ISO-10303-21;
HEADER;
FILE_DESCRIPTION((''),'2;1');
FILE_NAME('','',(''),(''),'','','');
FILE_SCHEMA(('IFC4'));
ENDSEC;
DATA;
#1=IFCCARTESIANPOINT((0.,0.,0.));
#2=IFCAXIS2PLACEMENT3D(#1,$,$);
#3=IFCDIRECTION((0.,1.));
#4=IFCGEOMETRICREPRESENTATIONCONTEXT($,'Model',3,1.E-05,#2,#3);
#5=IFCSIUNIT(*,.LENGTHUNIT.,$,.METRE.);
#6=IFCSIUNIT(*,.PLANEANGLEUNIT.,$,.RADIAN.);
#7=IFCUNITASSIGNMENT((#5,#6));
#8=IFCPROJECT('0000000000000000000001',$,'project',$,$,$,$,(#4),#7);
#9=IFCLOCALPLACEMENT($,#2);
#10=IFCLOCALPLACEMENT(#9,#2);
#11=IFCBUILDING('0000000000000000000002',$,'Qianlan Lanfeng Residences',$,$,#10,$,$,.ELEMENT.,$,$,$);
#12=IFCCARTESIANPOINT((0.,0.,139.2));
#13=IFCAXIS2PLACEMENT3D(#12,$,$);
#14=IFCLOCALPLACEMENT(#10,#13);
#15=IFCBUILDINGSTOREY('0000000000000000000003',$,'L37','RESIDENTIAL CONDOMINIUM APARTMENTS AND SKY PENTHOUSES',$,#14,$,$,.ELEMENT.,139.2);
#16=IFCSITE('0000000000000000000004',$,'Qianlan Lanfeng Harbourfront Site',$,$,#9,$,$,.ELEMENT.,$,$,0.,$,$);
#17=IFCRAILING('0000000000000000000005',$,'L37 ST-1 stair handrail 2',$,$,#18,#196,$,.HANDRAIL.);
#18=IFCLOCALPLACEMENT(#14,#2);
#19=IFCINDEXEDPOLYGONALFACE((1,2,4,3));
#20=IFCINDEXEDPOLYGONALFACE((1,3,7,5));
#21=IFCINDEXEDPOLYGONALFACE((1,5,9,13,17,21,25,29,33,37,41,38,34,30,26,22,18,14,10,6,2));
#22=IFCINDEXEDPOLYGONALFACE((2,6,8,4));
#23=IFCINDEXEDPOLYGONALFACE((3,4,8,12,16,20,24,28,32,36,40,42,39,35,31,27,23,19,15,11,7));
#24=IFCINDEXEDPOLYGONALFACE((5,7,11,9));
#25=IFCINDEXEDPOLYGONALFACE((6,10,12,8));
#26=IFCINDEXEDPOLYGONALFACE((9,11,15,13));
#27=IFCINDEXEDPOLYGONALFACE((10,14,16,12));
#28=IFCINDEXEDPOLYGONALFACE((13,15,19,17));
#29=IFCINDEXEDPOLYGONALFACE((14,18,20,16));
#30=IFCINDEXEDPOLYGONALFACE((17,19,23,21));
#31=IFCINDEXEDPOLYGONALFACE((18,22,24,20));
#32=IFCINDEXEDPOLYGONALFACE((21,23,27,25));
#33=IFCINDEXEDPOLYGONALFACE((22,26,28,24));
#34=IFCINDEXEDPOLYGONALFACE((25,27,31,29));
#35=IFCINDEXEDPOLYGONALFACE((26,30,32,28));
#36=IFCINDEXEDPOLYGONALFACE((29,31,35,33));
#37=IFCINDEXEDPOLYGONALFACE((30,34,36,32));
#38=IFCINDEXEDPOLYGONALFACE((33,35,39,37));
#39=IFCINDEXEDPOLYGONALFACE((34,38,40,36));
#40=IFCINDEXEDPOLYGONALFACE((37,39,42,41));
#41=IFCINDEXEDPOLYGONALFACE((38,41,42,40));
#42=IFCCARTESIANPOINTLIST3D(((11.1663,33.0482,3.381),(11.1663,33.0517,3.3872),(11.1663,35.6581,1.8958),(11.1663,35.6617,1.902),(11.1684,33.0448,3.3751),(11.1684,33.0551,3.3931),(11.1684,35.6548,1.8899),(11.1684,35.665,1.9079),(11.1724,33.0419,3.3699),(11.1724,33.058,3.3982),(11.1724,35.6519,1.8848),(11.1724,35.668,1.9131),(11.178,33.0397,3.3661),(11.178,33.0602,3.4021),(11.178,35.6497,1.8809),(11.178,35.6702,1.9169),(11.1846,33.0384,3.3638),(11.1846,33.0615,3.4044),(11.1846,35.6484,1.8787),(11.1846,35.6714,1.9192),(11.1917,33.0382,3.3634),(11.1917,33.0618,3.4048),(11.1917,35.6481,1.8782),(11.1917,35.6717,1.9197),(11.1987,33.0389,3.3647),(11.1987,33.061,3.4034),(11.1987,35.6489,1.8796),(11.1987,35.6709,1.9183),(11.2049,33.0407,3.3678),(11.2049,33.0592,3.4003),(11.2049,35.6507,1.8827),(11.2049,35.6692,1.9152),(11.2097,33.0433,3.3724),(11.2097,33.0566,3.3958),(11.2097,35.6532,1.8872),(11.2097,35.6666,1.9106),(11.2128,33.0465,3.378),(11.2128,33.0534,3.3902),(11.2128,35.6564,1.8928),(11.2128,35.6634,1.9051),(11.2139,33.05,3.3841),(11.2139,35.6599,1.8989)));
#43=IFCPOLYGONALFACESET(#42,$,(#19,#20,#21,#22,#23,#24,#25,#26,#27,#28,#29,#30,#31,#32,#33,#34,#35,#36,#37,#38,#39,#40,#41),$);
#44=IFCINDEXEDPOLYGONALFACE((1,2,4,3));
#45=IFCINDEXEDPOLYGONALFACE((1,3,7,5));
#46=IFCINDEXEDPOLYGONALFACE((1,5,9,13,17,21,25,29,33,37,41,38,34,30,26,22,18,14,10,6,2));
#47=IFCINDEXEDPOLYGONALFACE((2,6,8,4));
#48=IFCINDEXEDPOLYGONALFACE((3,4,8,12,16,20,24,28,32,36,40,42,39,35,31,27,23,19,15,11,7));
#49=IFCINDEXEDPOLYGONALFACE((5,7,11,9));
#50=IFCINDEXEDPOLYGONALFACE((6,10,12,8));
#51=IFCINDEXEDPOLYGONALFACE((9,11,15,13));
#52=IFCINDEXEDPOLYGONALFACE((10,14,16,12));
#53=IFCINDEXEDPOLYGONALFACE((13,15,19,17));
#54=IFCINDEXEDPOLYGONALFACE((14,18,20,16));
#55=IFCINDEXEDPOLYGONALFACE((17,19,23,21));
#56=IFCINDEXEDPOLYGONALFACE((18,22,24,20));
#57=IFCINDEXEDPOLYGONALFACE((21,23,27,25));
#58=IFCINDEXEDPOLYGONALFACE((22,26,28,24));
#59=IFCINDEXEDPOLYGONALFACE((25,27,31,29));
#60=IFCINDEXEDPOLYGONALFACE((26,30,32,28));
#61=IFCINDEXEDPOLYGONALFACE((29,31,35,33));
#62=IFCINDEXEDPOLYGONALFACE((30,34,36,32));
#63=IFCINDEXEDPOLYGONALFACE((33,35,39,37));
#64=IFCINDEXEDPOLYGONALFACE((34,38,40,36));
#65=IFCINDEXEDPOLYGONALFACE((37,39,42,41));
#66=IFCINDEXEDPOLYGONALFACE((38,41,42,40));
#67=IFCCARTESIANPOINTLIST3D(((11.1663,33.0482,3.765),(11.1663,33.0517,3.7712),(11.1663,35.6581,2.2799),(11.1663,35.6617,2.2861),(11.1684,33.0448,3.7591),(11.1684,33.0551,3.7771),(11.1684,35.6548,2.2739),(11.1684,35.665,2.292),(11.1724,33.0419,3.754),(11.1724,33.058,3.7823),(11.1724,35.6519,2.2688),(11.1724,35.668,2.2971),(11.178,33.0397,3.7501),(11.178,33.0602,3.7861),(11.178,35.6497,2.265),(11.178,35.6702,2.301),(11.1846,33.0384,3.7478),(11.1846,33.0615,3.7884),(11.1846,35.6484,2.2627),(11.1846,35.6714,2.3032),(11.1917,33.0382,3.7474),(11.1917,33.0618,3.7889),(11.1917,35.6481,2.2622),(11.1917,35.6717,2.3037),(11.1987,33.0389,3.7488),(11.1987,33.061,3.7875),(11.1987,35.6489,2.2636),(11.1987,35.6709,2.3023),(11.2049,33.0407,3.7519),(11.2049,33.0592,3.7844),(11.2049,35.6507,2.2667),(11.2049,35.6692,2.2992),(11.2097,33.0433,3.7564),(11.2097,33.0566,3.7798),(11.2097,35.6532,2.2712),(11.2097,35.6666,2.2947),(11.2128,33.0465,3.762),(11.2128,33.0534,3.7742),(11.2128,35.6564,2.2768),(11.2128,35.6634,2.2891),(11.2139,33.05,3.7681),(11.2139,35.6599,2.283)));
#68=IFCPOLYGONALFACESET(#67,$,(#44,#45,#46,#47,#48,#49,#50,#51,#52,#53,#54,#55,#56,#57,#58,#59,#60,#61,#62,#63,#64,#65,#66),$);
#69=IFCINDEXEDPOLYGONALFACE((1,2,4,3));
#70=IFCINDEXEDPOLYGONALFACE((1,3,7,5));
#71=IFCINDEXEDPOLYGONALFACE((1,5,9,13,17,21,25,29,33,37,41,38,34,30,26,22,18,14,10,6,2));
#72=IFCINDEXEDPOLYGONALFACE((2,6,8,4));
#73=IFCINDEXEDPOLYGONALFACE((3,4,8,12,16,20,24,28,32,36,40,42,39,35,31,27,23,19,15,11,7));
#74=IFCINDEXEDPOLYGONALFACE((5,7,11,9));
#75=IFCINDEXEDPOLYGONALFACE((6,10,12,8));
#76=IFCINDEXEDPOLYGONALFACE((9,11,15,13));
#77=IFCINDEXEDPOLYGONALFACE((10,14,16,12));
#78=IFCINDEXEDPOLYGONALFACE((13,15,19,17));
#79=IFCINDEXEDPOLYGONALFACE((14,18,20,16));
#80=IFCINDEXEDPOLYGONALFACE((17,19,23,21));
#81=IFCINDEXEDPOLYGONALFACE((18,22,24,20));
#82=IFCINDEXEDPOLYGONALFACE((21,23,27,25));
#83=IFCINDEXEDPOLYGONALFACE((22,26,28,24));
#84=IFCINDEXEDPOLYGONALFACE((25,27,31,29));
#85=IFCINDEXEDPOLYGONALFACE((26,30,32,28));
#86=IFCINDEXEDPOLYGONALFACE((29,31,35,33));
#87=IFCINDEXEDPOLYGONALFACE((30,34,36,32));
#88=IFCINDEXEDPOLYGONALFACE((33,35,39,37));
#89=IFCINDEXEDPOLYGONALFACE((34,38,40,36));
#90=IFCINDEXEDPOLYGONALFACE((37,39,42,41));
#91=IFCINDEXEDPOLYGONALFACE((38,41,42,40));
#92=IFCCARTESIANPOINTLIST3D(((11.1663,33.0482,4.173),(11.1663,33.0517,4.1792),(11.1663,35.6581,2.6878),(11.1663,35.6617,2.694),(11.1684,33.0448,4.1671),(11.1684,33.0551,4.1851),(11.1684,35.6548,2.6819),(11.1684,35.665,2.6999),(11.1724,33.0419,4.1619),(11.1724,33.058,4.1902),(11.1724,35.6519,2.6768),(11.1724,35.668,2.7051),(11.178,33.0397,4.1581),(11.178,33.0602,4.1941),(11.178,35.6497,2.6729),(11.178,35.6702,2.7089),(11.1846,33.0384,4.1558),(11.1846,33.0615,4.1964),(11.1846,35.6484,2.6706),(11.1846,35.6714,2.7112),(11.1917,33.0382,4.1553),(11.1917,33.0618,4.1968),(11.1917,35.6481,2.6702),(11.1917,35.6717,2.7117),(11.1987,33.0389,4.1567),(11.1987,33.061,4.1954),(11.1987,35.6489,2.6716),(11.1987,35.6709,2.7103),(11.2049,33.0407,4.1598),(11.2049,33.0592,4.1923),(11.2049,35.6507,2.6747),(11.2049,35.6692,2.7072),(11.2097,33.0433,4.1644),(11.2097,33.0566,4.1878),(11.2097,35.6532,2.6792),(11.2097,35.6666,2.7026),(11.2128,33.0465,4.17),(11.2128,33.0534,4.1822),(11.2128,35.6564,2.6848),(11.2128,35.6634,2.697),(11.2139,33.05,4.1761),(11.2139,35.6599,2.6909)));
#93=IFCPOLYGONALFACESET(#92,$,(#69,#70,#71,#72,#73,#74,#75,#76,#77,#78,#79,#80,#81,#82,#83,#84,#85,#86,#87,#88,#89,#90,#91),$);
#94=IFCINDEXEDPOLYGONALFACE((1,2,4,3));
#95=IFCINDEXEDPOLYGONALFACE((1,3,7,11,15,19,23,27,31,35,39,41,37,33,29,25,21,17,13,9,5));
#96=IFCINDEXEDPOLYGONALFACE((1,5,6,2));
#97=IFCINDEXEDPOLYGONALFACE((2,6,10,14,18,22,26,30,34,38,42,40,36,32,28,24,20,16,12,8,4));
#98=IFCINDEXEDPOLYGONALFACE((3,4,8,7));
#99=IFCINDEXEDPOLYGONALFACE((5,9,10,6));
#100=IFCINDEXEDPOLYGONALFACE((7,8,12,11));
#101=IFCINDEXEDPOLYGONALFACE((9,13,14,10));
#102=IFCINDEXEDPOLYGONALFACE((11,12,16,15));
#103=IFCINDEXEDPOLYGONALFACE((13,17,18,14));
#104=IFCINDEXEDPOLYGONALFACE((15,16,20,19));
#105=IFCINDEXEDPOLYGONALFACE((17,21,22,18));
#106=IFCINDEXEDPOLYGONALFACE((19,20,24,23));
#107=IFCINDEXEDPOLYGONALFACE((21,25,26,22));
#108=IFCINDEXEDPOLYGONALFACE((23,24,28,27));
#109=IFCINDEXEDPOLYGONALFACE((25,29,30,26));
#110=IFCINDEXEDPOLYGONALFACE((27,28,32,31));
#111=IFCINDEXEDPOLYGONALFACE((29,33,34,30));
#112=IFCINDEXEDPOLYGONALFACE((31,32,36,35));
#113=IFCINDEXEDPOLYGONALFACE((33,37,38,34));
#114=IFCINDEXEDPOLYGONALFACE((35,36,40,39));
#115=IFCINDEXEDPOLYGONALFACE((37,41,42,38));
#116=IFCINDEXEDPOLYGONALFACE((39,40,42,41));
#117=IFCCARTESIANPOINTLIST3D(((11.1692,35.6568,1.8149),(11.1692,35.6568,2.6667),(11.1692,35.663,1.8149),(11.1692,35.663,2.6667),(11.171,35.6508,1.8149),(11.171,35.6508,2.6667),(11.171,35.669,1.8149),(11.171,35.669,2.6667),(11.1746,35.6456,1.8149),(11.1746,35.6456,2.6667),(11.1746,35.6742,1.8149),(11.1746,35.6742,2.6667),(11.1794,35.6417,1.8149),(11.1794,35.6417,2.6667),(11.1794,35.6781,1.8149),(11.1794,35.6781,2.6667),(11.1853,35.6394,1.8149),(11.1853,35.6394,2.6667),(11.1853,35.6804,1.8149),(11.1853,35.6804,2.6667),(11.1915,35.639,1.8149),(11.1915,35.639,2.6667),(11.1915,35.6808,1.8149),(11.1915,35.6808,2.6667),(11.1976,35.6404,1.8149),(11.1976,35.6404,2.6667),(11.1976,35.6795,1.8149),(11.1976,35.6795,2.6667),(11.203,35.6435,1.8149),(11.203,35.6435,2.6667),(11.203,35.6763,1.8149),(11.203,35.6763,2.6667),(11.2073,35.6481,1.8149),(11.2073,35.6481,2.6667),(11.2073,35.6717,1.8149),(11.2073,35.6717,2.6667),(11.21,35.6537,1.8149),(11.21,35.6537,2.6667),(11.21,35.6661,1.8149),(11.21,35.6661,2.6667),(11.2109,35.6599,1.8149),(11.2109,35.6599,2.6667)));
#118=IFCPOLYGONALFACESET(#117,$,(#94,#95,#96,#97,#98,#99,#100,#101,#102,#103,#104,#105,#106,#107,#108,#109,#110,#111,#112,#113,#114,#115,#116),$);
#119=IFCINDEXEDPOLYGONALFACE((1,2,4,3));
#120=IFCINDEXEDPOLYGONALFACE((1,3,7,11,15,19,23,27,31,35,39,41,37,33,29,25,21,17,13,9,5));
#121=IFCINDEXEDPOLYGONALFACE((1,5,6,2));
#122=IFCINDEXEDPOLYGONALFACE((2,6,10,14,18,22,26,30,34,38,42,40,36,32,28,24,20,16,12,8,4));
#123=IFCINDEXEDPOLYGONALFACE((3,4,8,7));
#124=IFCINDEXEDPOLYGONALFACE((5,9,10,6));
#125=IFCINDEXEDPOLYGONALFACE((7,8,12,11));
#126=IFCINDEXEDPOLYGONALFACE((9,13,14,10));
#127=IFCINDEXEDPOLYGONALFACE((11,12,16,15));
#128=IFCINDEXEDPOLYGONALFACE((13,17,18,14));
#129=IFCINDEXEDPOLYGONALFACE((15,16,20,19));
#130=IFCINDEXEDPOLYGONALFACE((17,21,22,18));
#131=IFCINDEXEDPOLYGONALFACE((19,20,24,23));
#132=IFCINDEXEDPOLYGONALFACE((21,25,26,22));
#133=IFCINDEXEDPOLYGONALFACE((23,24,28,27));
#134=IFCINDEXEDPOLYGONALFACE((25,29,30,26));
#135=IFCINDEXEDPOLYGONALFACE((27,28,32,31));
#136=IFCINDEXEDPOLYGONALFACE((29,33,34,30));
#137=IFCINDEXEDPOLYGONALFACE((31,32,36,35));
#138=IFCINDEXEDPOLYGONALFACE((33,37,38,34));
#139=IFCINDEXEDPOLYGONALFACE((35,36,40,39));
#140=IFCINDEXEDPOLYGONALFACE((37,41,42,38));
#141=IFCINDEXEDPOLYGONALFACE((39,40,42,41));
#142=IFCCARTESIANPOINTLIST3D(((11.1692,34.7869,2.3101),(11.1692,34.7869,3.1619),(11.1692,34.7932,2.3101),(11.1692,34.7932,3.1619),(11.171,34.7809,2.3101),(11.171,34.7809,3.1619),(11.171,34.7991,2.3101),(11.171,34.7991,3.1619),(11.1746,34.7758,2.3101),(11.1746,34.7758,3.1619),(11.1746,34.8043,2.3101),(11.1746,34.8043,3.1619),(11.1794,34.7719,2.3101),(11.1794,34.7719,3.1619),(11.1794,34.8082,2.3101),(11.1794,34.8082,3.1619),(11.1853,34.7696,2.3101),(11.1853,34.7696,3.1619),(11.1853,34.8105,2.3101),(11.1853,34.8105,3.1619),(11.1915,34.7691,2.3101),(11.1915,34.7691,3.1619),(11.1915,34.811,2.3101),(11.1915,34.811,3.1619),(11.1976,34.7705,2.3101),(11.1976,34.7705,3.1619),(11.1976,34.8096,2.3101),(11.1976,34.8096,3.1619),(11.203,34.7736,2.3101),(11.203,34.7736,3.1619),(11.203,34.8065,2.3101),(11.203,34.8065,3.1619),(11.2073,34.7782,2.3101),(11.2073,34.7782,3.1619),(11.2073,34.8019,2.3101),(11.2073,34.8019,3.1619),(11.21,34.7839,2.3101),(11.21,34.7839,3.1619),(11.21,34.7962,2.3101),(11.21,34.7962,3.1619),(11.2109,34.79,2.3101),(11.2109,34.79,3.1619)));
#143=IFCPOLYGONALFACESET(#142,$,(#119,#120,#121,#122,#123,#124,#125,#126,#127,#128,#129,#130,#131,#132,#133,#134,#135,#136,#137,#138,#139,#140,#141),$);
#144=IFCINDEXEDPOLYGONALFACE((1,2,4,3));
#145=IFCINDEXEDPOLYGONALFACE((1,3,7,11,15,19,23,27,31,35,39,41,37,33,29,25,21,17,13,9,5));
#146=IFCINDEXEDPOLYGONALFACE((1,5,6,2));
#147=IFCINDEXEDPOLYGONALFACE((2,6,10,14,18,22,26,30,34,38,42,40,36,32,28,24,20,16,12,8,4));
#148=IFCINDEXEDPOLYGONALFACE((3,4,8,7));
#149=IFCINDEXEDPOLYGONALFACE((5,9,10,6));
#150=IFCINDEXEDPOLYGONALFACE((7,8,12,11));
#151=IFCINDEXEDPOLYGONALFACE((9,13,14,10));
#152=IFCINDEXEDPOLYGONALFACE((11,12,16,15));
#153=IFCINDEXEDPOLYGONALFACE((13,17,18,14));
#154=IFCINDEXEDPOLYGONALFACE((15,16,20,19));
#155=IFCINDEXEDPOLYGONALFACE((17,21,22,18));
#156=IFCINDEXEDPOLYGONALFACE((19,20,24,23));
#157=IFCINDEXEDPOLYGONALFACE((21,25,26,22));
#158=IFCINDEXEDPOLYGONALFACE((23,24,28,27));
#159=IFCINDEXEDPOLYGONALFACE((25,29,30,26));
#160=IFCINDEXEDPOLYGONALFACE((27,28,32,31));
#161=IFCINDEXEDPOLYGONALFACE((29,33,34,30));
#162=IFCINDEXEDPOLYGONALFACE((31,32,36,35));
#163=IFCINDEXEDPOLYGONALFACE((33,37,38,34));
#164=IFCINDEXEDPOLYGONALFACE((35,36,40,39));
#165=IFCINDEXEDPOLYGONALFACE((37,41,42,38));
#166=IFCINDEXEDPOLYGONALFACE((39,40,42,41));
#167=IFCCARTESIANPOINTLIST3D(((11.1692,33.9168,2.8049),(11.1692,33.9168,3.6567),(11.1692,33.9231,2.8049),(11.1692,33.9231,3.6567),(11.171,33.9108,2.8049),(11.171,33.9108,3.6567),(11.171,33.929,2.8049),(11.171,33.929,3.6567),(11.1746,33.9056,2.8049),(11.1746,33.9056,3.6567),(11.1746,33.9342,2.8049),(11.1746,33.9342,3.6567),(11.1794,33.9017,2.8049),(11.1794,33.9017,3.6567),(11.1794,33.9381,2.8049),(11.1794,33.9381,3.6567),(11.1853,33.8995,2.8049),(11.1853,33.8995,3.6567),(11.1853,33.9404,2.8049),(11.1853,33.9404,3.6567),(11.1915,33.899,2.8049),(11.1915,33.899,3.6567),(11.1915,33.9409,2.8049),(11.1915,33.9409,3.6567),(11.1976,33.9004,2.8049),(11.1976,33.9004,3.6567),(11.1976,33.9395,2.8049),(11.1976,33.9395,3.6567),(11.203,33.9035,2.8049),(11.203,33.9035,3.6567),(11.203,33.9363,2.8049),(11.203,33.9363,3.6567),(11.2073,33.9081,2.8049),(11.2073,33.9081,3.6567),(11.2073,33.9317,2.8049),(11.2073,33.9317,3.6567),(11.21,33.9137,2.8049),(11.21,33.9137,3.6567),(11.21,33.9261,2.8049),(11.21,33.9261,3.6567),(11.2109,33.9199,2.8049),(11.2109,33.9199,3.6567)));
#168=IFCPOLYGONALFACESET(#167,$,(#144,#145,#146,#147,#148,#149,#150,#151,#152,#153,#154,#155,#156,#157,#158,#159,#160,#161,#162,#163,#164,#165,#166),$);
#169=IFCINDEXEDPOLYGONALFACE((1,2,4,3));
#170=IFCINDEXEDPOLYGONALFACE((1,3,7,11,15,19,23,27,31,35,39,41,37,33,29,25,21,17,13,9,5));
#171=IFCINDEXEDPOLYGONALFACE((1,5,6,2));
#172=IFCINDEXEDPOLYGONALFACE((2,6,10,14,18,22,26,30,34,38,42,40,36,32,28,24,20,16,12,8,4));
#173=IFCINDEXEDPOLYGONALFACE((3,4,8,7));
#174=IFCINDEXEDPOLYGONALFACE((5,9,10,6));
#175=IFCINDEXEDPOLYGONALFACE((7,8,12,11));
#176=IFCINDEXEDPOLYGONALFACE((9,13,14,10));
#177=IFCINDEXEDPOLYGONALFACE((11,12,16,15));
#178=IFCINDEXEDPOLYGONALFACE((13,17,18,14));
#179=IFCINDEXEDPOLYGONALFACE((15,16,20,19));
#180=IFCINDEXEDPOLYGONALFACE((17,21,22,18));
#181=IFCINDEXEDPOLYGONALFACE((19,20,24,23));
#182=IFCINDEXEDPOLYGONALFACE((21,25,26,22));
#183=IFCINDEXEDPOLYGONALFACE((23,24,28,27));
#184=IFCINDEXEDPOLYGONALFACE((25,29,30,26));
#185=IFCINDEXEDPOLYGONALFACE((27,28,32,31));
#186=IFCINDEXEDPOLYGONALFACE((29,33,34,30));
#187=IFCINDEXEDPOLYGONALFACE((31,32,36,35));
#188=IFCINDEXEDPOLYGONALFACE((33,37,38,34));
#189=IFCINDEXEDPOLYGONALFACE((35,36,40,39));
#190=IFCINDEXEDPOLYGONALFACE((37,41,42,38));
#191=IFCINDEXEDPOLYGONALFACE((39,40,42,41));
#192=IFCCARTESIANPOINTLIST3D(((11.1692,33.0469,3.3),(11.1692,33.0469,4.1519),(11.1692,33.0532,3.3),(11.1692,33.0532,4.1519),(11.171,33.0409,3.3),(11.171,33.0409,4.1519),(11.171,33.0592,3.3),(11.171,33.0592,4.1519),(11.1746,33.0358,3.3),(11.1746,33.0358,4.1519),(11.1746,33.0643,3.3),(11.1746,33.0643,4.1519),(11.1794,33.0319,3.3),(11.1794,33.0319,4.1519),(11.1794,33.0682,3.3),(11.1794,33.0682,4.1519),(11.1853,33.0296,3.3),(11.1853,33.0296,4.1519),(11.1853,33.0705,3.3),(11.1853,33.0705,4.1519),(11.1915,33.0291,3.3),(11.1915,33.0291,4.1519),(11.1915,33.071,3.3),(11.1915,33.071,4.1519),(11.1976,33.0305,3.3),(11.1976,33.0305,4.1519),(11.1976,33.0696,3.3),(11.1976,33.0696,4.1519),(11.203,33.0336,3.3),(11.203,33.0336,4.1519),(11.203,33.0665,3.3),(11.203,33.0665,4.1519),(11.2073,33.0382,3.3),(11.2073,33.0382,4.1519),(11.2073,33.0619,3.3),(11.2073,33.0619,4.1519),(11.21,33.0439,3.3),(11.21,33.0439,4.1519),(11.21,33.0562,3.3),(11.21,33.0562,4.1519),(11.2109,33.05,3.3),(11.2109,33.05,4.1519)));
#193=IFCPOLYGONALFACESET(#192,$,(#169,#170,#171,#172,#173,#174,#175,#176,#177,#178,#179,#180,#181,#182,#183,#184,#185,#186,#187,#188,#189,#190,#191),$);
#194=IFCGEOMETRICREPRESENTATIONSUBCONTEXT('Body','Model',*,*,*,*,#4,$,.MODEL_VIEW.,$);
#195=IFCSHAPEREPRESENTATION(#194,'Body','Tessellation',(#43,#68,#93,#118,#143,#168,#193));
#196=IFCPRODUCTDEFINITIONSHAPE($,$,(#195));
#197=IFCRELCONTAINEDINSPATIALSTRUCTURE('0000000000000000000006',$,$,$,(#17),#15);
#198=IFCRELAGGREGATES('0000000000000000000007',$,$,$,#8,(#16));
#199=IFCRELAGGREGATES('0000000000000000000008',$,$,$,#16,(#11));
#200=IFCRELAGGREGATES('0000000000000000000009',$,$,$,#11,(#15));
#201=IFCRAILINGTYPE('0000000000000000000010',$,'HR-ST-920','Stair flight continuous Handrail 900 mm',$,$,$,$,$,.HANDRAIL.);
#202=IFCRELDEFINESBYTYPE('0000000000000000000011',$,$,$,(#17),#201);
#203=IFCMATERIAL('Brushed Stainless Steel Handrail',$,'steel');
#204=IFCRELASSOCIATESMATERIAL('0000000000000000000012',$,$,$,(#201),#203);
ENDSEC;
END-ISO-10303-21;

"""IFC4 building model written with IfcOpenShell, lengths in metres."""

from ifc_helpers import new_model, si_unit, direction, frame, origin, origin_2d, place, context, subcontext, project, spatial, circle, extrude, material, type_object, element, save


model = new_model("IFC4")

# Units and contexts
model_context = context("Model", 3, precision=1e-05, world=origin(), true_north=direction((0.0, 1.0)))
body_context = subcontext(model_context, "Body", "Model", "MODEL_VIEW")
ifc_project = project(units=[si_unit("LENGTHUNIT", "METRE"), si_unit("PLANEANGLEUNIT", "RADIAN")], contexts=[model_context])

# Site, building, storey
site_placement = place(None, origin())
site = spatial("IfcSite", under=ifc_project, at=site_placement, Name="Qianlan Lanfeng Harbourfront Site", CompositionType="ELEMENT", RefElevation=0.0)
building_placement = place(site_placement, origin())
building = spatial("IfcBuilding", under=site, at=building_placement, Name="Qianlan Lanfeng Residences", CompositionType="ELEMENT")
storey_placement = place(building_placement, frame((0.0, 0.0, 139.2)))
storey = spatial("IfcBuildingStorey", under=building, at=storey_placement, Name="L37", Description="RESIDENTIAL CONDOMINIUM APARTMENTS AND SKY PENTHOUSES", CompositionType="ELEMENT", Elevation=139.2)

# Railing
ifc_material_1 = material(Name="Brushed Stainless Steel Handrail", Category="steel")
railing_type_1 = type_object("IfcRailingType", Name="HR-ST-920", Description="Stair flight continuous Handrail 900 mm", PredefinedType="HANDRAIL", material=ifc_material_1)
railing_1_placement = place(storey_placement, frame((11.1899, 35.6599, 1.8149)))
element("IfcRailing", 1, at=railing_1_placement, inside=storey, type_object=railing_type_1, Name="L37 ST-1 stair handrail 2", PredefinedType="HANDRAIL", context=body_context, shape_type="SweptSolid", body=[
    extrude(circle(Radius=0.0239, at=origin_2d()), frame((0.0, 0.0, 0.084), z_axis=(0.0, -0.869137, 0.494571), x_axis=(1.0, 0.0, 0.0)), (0.0, 0.0, 1.0), 3.0029),
    extrude(circle(Radius=0.0239, at=origin_2d()), frame((0.0, 0.0, 0.468), z_axis=(0.0, -0.869137, 0.494571), x_axis=(1.0, 0.0, 0.0)), (0.0, 0.0, 1.0), 3.0029),
    extrude(circle(Radius=0.0239, at=origin_2d()), frame((0.0, 0.0, 0.876), z_axis=(0.0, -0.869137, 0.494571), x_axis=(1.0, 0.0, 0.0)), (0.0, 0.0, 1.0), 3.0029),
    extrude(circle(Radius=0.021, at=origin_2d()), origin(), (0.0, 0.0, 1.0), 0.8518),
    extrude(circle(Radius=0.021, at=origin_2d()), frame((0.0, -0.8699, 0.4951)), (0.0, 0.0, 1.0), 0.8518),
    extrude(circle(Radius=0.021, at=origin_2d()), frame((0.0, -1.74, 0.99)), (0.0, 0.0, 1.0), 0.8518),
    extrude(circle(Radius=0.021, at=origin_2d()), frame((0.0, -2.6099, 1.4851)), (0.0, 0.0, 1.0), 0.8518),
])

save(model, "model.ifc")
